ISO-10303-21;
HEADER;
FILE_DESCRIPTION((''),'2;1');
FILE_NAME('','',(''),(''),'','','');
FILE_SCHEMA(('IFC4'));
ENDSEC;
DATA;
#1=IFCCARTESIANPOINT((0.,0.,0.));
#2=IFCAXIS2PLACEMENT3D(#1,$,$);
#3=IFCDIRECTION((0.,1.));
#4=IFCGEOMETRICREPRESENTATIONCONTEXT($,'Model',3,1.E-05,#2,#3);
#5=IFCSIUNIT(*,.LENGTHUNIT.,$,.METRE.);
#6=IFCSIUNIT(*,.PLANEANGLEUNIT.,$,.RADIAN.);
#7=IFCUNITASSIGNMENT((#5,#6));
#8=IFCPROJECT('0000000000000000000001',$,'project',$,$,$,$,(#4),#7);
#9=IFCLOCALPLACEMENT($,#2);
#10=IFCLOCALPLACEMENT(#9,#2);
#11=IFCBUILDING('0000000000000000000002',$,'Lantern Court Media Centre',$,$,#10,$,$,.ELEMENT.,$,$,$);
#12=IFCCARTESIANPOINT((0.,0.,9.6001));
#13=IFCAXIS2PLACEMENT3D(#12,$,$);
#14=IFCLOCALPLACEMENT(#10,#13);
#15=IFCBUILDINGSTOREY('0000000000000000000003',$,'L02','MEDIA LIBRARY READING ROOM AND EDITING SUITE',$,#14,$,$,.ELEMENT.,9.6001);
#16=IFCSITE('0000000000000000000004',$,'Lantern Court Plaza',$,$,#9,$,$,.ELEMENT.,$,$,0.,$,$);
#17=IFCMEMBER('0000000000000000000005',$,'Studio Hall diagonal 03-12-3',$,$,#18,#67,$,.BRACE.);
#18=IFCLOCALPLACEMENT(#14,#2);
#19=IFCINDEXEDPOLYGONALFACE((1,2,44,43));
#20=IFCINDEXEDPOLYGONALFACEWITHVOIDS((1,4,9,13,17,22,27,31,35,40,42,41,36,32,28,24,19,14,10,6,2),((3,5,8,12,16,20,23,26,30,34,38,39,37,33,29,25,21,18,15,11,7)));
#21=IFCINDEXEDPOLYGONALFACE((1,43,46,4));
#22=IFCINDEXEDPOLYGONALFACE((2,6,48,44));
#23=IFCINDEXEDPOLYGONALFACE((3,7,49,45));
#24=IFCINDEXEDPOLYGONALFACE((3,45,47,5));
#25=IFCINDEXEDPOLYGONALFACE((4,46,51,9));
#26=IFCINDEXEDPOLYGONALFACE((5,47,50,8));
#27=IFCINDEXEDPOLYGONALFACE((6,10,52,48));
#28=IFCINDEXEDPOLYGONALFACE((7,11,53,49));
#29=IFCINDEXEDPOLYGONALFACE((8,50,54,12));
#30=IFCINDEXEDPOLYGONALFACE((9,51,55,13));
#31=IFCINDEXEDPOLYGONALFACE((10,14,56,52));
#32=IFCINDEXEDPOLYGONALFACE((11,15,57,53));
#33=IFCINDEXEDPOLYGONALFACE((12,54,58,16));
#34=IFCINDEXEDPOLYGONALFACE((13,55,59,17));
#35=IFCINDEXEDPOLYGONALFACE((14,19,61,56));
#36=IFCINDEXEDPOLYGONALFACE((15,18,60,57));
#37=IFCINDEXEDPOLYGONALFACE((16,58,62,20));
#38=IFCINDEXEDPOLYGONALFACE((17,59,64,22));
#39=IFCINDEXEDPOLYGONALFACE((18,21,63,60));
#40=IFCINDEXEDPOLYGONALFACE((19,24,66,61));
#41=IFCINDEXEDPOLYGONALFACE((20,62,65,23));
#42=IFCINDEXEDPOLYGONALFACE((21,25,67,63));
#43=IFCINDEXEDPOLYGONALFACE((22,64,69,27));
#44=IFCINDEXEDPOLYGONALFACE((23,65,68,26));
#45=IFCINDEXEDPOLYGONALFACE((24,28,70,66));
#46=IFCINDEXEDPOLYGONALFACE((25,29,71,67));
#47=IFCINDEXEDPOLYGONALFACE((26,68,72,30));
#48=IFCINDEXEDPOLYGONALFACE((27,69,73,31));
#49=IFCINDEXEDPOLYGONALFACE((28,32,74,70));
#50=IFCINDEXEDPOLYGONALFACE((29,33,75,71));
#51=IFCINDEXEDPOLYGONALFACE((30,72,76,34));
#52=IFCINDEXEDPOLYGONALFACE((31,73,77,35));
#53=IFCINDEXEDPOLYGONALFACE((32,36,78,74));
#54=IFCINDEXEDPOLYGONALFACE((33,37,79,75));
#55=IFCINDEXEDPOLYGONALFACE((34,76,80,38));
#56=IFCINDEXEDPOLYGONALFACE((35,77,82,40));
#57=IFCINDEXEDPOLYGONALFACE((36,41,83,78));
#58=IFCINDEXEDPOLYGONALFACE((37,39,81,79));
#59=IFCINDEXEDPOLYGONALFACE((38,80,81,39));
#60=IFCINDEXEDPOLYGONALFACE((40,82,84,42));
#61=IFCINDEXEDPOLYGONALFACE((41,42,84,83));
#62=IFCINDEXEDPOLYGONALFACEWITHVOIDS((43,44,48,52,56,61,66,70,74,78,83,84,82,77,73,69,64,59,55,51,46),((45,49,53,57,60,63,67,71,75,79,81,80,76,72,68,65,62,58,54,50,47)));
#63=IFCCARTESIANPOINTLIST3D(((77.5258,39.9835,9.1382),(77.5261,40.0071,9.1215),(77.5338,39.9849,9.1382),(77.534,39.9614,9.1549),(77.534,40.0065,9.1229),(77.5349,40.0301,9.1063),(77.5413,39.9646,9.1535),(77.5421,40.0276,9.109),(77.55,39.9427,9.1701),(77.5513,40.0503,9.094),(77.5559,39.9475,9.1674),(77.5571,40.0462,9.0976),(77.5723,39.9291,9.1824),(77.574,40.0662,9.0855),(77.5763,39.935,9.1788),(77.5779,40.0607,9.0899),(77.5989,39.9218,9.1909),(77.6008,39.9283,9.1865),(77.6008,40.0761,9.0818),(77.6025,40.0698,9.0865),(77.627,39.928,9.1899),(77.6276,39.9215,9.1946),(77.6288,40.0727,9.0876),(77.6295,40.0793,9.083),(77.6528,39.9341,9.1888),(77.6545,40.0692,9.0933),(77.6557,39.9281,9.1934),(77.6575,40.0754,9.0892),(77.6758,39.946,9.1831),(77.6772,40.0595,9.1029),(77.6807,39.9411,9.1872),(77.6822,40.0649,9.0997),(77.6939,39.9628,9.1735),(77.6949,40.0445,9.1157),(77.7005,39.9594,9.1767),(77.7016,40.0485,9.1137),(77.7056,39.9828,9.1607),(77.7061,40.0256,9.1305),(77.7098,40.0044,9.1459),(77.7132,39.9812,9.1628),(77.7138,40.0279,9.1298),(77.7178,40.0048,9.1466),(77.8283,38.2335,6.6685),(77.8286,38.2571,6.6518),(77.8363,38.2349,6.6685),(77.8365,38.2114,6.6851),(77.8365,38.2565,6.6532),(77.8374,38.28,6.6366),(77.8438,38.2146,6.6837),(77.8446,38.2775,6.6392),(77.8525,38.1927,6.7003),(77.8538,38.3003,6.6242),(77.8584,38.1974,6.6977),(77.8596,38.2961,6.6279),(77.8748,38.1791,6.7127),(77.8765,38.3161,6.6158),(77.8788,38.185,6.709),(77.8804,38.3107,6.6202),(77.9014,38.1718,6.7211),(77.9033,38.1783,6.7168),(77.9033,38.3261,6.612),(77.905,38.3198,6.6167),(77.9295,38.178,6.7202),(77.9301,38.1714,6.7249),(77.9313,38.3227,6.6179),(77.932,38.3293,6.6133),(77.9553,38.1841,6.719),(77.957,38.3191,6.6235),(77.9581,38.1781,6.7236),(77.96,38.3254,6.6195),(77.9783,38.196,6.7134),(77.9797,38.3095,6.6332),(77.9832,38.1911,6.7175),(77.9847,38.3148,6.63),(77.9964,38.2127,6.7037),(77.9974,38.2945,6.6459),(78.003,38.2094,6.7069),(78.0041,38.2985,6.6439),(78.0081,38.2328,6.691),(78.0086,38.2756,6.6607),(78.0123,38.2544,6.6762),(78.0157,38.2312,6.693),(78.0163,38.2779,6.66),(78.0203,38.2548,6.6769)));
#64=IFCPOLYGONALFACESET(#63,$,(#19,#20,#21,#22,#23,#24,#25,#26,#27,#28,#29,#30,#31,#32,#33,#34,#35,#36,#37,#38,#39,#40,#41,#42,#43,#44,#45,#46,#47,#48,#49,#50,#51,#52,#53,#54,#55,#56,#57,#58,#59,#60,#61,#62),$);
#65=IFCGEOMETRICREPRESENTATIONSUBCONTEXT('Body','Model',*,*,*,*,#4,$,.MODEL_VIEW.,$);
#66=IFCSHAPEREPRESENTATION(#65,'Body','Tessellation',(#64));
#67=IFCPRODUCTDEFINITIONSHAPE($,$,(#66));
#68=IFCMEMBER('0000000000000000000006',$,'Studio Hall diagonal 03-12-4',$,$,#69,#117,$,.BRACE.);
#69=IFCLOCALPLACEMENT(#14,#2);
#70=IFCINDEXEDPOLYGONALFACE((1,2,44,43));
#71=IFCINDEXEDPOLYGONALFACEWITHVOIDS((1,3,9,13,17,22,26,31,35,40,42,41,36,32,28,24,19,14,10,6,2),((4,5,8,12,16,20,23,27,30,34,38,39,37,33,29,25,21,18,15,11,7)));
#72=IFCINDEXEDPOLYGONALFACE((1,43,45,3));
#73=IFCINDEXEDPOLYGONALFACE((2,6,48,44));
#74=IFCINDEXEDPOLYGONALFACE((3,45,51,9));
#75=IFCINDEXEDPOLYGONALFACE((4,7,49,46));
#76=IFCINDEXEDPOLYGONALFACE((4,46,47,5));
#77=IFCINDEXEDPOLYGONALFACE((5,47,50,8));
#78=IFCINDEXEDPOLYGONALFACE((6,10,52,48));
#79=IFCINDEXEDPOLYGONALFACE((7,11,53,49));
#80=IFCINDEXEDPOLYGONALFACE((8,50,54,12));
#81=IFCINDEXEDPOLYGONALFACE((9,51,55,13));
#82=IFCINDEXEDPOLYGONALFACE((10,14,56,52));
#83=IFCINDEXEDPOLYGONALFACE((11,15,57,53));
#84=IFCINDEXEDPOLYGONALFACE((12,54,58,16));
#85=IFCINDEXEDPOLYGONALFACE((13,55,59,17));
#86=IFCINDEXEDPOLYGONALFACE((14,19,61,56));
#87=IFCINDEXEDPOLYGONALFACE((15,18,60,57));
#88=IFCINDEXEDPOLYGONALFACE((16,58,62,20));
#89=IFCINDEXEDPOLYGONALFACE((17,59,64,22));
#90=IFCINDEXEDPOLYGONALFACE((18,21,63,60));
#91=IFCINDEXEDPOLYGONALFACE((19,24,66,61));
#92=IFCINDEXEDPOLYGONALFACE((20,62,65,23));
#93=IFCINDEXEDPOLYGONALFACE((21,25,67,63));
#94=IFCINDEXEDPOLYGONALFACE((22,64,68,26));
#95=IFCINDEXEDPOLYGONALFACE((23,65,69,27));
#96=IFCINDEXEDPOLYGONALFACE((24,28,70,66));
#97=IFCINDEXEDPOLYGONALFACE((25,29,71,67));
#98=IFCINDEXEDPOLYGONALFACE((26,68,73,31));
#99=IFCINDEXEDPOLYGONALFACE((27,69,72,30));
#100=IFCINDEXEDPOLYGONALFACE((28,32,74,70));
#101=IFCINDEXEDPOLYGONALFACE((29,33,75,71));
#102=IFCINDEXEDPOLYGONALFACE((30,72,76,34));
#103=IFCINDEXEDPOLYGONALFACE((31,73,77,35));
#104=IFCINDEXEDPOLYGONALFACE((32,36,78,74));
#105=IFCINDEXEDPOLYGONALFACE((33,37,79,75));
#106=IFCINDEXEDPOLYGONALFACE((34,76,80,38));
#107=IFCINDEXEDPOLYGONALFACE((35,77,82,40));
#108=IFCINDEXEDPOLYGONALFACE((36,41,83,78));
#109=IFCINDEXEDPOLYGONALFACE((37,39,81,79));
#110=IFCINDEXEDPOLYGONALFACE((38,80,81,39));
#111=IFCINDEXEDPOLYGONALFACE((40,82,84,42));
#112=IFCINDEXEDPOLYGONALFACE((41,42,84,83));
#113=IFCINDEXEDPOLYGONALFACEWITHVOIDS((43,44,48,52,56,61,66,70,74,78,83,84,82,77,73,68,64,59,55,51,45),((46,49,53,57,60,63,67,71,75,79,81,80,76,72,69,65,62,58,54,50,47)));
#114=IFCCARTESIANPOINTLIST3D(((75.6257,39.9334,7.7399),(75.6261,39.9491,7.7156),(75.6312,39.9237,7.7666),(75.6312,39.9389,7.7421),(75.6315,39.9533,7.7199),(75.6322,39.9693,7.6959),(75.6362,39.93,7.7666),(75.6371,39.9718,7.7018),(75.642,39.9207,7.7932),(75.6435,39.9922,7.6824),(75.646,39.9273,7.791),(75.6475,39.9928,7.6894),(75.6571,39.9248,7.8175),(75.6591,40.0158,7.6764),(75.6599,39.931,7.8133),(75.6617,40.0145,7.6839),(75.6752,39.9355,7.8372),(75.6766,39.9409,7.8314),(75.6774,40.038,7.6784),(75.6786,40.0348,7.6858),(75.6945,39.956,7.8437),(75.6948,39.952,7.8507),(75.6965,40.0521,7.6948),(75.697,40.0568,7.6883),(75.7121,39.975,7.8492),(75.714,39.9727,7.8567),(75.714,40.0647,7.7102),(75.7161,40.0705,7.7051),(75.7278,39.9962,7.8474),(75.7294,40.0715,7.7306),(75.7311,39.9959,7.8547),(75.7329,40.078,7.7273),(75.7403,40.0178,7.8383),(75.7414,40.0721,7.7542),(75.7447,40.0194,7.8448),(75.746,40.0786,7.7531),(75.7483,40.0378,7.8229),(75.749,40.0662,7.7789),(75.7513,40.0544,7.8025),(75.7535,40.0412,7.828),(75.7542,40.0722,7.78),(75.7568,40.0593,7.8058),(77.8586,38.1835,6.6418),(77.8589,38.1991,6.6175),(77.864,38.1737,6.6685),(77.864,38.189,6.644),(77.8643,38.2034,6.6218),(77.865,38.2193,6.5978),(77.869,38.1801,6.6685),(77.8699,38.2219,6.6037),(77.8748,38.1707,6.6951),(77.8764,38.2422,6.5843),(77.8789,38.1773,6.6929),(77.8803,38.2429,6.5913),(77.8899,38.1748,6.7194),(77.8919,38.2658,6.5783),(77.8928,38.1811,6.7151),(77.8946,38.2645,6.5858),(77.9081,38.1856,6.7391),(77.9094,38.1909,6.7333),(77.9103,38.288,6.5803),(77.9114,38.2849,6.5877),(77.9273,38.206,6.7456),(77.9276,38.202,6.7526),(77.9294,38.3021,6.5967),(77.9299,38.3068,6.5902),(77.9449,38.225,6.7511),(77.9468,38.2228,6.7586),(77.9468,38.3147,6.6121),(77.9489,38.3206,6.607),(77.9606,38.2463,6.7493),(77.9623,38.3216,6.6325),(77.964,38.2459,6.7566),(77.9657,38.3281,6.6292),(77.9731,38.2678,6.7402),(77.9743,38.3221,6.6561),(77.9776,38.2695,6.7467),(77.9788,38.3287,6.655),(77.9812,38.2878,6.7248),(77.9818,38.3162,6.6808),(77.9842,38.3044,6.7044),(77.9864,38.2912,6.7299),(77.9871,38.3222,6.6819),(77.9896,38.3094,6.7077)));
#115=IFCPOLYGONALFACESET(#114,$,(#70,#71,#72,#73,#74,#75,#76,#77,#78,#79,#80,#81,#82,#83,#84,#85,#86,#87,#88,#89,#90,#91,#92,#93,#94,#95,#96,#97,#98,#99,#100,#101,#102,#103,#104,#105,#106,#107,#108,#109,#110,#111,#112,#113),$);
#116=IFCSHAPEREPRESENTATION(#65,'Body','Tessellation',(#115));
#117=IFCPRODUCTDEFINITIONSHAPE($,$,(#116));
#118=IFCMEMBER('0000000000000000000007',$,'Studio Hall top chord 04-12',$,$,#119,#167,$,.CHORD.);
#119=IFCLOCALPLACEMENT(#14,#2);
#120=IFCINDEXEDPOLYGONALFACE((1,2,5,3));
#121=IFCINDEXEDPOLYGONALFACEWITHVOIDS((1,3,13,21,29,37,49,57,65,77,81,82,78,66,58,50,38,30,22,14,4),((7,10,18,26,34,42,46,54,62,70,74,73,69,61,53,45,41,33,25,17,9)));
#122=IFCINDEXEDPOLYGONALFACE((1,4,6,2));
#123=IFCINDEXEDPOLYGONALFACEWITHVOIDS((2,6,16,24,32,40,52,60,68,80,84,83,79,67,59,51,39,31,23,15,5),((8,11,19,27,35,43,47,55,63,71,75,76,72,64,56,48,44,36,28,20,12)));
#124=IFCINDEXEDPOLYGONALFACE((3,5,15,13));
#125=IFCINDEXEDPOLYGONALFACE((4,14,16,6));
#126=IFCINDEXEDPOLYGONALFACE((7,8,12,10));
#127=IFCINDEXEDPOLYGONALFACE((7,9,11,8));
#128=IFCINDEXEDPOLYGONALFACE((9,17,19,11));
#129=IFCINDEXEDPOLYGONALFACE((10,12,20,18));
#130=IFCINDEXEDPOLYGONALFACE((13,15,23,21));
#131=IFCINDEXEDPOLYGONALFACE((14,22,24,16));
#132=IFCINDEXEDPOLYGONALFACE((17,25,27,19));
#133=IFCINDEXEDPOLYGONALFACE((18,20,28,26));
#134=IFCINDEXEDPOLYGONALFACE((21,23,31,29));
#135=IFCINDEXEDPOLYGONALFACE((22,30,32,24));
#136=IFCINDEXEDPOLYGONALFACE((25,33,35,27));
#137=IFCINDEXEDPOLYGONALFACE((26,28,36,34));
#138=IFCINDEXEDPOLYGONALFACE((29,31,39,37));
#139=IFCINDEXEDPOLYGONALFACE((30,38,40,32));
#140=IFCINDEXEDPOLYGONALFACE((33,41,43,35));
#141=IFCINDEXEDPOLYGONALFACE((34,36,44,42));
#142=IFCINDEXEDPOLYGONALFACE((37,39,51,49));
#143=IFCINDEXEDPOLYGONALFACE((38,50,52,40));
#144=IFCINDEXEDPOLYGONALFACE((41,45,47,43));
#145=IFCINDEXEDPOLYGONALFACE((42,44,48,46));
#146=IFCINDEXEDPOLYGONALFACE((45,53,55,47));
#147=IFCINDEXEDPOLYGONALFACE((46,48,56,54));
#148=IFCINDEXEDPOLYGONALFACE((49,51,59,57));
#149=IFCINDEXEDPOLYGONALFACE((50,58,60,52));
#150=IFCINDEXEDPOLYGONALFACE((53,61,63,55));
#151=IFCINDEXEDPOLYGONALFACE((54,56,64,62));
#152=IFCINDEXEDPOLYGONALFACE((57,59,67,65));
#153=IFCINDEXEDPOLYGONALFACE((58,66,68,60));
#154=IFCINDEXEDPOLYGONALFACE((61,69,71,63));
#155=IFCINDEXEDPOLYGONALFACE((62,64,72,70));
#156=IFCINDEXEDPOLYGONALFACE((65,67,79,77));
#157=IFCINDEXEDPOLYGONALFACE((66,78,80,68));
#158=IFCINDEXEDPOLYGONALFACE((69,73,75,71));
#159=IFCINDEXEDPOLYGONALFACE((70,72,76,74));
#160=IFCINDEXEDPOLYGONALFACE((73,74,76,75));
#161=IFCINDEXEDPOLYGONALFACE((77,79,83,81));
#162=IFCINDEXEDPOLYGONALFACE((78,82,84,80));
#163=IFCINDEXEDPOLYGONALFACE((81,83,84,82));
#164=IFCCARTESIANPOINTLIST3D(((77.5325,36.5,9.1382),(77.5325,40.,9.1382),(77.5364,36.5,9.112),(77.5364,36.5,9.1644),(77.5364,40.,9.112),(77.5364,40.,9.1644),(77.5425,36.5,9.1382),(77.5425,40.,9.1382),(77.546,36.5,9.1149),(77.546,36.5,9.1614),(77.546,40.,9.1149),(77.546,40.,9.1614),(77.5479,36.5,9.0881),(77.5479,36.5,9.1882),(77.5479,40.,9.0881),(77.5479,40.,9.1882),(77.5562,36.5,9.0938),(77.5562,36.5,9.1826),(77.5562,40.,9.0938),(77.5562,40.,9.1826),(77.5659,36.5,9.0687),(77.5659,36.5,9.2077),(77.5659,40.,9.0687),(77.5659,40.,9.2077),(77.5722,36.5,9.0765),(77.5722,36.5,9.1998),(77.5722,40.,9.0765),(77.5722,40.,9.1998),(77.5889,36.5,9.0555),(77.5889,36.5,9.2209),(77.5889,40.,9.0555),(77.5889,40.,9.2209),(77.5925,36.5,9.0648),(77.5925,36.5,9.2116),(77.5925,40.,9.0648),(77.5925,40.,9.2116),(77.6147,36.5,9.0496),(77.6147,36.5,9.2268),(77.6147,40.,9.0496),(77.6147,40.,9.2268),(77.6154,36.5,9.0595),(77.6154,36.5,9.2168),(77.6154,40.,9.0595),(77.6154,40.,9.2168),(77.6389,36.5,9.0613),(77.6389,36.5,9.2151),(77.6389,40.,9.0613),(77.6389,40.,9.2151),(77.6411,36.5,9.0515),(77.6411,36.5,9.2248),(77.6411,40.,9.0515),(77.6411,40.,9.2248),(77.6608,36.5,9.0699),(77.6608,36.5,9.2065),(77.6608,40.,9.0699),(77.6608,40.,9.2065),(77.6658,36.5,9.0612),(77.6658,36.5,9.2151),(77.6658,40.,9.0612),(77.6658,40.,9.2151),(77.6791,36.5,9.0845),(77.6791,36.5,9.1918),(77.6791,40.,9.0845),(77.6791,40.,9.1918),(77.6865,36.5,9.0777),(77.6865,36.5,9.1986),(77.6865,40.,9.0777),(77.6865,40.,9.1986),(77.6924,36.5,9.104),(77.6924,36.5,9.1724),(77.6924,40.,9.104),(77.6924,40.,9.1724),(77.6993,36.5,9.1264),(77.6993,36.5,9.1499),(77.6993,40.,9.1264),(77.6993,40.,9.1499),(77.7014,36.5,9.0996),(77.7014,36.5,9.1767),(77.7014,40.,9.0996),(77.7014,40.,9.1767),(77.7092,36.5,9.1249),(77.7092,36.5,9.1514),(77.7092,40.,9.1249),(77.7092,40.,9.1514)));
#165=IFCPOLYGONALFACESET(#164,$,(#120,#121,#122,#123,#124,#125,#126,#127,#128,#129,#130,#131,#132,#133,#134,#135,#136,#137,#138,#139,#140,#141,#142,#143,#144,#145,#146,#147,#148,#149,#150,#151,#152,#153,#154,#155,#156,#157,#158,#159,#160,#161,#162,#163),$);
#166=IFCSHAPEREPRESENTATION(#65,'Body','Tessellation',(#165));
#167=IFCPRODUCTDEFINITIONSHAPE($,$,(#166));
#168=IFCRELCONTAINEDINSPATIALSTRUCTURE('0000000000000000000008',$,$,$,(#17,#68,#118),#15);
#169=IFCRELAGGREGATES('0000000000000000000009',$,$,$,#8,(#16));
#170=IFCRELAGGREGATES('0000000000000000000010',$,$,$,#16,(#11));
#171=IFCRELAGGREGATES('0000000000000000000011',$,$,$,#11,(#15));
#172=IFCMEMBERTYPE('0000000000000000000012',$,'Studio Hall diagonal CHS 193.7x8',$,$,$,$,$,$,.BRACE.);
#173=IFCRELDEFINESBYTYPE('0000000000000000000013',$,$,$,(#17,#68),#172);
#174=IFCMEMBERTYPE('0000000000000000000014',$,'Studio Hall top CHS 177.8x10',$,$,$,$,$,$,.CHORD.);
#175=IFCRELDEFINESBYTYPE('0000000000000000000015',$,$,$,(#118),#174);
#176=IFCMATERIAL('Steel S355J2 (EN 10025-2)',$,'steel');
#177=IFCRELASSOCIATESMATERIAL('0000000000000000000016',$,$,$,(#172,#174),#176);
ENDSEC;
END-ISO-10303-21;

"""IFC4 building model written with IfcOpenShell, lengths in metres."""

from ifc_helpers import new_model, si_unit, direction, frame, origin, origin_2d, place, context, subcontext, project, spatial, hollow_circle, extrude, material, material_profile, profile_set, type_object, element, save


model = new_model("IFC4")

# Units and contexts
model_context = context("Model", 3, precision=1e-05, world=origin(), true_north=direction((0.0, 1.0)))
body_context = subcontext(model_context, "Body", "Model", "MODEL_VIEW")
ifc_project = project(units=[si_unit("LENGTHUNIT", "METRE"), si_unit("PLANEANGLEUNIT", "RADIAN")], contexts=[model_context])

# Site, building, storey
site_placement = place(None, origin())
site = spatial("IfcSite", under=ifc_project, at=site_placement, Name="Lantern Court Plaza", CompositionType="ELEMENT", RefElevation=0.0)
building_placement = place(site_placement, origin())
building = spatial("IfcBuilding", under=site, at=building_placement, Name="Lantern Court Media Centre", CompositionType="ELEMENT")
storey_placement = place(building_placement, frame((0.0, 0.0, 9.6001)))
storey = spatial("IfcBuildingStorey", under=building, at=storey_placement, Name="L02", Description="MEDIA LIBRARY READING ROOM AND EDITING SUITE", CompositionType="ELEMENT", Elevation=9.6001)

# Members
ifc_material = material(Name="Steel S355J2 (EN 10025-2)", Category="steel")
ifc_material_profile_1 = material_profile(ifc_material, hollow_circle(Radius=0.0969, WallThickness=0.0081, at=origin_2d()), Name="Studio Hall diagonal CHS 193.7x8")
ifc_profile_set_1 = profile_set([ifc_material_profile_1], Name="Steel S355J2 (EN 10025-2)")
member_type_1 = type_object("IfcMemberType", Name="Studio Hall diagonal CHS 193.7x8", PredefinedType="BRACE", material=ifc_profile_set_1)
for number, where, z_axis, x_axis, name in (
    (1, (77.9238, 38.25, 6.6685), (-0.099439, 0.575286, 0.811885), (-0.985388, -0.170326, 0.0), "Studio Hall diagonal 03-12-3"),
    (2, (77.9238, 38.25, 6.6685), (-0.734005, 0.575262, 0.360984), (-0.616856, -0.787076, 0.0), "Studio Hall diagonal 03-12-4"),
):
    element("IfcMember", number, at=place(storey_placement, frame(where, z_axis=z_axis, x_axis=x_axis)), inside=storey, type_object=member_type_1, Name=name, PredefinedType="BRACE", context=body_context, shape_type="SweptSolid", body=[
        extrude(hollow_circle(Radius=0.0969, WallThickness=0.0081, at=origin_2d()), origin(), (0.0, 0.0, 1.0), 3.042),
    ])
ifc_material_profile_2 = material_profile(ifc_material, hollow_circle(Radius=0.0889, WallThickness=0.01, at=origin_2d()), Name="Studio Hall top CHS 177.8x10")
ifc_profile_set_2 = profile_set([ifc_material_profile_2], Name="Steel S355J2 (EN 10025-2)")
member_type_2 = type_object("IfcMemberType", Name="Studio Hall top CHS 177.8x10", PredefinedType="CHORD", material=ifc_profile_set_2)
member_1_placement = place(storey_placement, frame((77.6213, 36.5, 9.1382), z_axis=(0.0, 1.0, 0.0), x_axis=(-1.0, 0.0, 0.0)))
element("IfcMember", 3, at=member_1_placement, inside=storey, type_object=member_type_2, Name="Studio Hall top chord 04-12", PredefinedType="CHORD", context=body_context, shape_type="SweptSolid", body=[
    extrude(hollow_circle(Radius=0.0889, WallThickness=0.01, at=origin_2d()), origin(), (0.0, 0.0, 1.0), 3.5),
])

save(model, "model.ifc")
